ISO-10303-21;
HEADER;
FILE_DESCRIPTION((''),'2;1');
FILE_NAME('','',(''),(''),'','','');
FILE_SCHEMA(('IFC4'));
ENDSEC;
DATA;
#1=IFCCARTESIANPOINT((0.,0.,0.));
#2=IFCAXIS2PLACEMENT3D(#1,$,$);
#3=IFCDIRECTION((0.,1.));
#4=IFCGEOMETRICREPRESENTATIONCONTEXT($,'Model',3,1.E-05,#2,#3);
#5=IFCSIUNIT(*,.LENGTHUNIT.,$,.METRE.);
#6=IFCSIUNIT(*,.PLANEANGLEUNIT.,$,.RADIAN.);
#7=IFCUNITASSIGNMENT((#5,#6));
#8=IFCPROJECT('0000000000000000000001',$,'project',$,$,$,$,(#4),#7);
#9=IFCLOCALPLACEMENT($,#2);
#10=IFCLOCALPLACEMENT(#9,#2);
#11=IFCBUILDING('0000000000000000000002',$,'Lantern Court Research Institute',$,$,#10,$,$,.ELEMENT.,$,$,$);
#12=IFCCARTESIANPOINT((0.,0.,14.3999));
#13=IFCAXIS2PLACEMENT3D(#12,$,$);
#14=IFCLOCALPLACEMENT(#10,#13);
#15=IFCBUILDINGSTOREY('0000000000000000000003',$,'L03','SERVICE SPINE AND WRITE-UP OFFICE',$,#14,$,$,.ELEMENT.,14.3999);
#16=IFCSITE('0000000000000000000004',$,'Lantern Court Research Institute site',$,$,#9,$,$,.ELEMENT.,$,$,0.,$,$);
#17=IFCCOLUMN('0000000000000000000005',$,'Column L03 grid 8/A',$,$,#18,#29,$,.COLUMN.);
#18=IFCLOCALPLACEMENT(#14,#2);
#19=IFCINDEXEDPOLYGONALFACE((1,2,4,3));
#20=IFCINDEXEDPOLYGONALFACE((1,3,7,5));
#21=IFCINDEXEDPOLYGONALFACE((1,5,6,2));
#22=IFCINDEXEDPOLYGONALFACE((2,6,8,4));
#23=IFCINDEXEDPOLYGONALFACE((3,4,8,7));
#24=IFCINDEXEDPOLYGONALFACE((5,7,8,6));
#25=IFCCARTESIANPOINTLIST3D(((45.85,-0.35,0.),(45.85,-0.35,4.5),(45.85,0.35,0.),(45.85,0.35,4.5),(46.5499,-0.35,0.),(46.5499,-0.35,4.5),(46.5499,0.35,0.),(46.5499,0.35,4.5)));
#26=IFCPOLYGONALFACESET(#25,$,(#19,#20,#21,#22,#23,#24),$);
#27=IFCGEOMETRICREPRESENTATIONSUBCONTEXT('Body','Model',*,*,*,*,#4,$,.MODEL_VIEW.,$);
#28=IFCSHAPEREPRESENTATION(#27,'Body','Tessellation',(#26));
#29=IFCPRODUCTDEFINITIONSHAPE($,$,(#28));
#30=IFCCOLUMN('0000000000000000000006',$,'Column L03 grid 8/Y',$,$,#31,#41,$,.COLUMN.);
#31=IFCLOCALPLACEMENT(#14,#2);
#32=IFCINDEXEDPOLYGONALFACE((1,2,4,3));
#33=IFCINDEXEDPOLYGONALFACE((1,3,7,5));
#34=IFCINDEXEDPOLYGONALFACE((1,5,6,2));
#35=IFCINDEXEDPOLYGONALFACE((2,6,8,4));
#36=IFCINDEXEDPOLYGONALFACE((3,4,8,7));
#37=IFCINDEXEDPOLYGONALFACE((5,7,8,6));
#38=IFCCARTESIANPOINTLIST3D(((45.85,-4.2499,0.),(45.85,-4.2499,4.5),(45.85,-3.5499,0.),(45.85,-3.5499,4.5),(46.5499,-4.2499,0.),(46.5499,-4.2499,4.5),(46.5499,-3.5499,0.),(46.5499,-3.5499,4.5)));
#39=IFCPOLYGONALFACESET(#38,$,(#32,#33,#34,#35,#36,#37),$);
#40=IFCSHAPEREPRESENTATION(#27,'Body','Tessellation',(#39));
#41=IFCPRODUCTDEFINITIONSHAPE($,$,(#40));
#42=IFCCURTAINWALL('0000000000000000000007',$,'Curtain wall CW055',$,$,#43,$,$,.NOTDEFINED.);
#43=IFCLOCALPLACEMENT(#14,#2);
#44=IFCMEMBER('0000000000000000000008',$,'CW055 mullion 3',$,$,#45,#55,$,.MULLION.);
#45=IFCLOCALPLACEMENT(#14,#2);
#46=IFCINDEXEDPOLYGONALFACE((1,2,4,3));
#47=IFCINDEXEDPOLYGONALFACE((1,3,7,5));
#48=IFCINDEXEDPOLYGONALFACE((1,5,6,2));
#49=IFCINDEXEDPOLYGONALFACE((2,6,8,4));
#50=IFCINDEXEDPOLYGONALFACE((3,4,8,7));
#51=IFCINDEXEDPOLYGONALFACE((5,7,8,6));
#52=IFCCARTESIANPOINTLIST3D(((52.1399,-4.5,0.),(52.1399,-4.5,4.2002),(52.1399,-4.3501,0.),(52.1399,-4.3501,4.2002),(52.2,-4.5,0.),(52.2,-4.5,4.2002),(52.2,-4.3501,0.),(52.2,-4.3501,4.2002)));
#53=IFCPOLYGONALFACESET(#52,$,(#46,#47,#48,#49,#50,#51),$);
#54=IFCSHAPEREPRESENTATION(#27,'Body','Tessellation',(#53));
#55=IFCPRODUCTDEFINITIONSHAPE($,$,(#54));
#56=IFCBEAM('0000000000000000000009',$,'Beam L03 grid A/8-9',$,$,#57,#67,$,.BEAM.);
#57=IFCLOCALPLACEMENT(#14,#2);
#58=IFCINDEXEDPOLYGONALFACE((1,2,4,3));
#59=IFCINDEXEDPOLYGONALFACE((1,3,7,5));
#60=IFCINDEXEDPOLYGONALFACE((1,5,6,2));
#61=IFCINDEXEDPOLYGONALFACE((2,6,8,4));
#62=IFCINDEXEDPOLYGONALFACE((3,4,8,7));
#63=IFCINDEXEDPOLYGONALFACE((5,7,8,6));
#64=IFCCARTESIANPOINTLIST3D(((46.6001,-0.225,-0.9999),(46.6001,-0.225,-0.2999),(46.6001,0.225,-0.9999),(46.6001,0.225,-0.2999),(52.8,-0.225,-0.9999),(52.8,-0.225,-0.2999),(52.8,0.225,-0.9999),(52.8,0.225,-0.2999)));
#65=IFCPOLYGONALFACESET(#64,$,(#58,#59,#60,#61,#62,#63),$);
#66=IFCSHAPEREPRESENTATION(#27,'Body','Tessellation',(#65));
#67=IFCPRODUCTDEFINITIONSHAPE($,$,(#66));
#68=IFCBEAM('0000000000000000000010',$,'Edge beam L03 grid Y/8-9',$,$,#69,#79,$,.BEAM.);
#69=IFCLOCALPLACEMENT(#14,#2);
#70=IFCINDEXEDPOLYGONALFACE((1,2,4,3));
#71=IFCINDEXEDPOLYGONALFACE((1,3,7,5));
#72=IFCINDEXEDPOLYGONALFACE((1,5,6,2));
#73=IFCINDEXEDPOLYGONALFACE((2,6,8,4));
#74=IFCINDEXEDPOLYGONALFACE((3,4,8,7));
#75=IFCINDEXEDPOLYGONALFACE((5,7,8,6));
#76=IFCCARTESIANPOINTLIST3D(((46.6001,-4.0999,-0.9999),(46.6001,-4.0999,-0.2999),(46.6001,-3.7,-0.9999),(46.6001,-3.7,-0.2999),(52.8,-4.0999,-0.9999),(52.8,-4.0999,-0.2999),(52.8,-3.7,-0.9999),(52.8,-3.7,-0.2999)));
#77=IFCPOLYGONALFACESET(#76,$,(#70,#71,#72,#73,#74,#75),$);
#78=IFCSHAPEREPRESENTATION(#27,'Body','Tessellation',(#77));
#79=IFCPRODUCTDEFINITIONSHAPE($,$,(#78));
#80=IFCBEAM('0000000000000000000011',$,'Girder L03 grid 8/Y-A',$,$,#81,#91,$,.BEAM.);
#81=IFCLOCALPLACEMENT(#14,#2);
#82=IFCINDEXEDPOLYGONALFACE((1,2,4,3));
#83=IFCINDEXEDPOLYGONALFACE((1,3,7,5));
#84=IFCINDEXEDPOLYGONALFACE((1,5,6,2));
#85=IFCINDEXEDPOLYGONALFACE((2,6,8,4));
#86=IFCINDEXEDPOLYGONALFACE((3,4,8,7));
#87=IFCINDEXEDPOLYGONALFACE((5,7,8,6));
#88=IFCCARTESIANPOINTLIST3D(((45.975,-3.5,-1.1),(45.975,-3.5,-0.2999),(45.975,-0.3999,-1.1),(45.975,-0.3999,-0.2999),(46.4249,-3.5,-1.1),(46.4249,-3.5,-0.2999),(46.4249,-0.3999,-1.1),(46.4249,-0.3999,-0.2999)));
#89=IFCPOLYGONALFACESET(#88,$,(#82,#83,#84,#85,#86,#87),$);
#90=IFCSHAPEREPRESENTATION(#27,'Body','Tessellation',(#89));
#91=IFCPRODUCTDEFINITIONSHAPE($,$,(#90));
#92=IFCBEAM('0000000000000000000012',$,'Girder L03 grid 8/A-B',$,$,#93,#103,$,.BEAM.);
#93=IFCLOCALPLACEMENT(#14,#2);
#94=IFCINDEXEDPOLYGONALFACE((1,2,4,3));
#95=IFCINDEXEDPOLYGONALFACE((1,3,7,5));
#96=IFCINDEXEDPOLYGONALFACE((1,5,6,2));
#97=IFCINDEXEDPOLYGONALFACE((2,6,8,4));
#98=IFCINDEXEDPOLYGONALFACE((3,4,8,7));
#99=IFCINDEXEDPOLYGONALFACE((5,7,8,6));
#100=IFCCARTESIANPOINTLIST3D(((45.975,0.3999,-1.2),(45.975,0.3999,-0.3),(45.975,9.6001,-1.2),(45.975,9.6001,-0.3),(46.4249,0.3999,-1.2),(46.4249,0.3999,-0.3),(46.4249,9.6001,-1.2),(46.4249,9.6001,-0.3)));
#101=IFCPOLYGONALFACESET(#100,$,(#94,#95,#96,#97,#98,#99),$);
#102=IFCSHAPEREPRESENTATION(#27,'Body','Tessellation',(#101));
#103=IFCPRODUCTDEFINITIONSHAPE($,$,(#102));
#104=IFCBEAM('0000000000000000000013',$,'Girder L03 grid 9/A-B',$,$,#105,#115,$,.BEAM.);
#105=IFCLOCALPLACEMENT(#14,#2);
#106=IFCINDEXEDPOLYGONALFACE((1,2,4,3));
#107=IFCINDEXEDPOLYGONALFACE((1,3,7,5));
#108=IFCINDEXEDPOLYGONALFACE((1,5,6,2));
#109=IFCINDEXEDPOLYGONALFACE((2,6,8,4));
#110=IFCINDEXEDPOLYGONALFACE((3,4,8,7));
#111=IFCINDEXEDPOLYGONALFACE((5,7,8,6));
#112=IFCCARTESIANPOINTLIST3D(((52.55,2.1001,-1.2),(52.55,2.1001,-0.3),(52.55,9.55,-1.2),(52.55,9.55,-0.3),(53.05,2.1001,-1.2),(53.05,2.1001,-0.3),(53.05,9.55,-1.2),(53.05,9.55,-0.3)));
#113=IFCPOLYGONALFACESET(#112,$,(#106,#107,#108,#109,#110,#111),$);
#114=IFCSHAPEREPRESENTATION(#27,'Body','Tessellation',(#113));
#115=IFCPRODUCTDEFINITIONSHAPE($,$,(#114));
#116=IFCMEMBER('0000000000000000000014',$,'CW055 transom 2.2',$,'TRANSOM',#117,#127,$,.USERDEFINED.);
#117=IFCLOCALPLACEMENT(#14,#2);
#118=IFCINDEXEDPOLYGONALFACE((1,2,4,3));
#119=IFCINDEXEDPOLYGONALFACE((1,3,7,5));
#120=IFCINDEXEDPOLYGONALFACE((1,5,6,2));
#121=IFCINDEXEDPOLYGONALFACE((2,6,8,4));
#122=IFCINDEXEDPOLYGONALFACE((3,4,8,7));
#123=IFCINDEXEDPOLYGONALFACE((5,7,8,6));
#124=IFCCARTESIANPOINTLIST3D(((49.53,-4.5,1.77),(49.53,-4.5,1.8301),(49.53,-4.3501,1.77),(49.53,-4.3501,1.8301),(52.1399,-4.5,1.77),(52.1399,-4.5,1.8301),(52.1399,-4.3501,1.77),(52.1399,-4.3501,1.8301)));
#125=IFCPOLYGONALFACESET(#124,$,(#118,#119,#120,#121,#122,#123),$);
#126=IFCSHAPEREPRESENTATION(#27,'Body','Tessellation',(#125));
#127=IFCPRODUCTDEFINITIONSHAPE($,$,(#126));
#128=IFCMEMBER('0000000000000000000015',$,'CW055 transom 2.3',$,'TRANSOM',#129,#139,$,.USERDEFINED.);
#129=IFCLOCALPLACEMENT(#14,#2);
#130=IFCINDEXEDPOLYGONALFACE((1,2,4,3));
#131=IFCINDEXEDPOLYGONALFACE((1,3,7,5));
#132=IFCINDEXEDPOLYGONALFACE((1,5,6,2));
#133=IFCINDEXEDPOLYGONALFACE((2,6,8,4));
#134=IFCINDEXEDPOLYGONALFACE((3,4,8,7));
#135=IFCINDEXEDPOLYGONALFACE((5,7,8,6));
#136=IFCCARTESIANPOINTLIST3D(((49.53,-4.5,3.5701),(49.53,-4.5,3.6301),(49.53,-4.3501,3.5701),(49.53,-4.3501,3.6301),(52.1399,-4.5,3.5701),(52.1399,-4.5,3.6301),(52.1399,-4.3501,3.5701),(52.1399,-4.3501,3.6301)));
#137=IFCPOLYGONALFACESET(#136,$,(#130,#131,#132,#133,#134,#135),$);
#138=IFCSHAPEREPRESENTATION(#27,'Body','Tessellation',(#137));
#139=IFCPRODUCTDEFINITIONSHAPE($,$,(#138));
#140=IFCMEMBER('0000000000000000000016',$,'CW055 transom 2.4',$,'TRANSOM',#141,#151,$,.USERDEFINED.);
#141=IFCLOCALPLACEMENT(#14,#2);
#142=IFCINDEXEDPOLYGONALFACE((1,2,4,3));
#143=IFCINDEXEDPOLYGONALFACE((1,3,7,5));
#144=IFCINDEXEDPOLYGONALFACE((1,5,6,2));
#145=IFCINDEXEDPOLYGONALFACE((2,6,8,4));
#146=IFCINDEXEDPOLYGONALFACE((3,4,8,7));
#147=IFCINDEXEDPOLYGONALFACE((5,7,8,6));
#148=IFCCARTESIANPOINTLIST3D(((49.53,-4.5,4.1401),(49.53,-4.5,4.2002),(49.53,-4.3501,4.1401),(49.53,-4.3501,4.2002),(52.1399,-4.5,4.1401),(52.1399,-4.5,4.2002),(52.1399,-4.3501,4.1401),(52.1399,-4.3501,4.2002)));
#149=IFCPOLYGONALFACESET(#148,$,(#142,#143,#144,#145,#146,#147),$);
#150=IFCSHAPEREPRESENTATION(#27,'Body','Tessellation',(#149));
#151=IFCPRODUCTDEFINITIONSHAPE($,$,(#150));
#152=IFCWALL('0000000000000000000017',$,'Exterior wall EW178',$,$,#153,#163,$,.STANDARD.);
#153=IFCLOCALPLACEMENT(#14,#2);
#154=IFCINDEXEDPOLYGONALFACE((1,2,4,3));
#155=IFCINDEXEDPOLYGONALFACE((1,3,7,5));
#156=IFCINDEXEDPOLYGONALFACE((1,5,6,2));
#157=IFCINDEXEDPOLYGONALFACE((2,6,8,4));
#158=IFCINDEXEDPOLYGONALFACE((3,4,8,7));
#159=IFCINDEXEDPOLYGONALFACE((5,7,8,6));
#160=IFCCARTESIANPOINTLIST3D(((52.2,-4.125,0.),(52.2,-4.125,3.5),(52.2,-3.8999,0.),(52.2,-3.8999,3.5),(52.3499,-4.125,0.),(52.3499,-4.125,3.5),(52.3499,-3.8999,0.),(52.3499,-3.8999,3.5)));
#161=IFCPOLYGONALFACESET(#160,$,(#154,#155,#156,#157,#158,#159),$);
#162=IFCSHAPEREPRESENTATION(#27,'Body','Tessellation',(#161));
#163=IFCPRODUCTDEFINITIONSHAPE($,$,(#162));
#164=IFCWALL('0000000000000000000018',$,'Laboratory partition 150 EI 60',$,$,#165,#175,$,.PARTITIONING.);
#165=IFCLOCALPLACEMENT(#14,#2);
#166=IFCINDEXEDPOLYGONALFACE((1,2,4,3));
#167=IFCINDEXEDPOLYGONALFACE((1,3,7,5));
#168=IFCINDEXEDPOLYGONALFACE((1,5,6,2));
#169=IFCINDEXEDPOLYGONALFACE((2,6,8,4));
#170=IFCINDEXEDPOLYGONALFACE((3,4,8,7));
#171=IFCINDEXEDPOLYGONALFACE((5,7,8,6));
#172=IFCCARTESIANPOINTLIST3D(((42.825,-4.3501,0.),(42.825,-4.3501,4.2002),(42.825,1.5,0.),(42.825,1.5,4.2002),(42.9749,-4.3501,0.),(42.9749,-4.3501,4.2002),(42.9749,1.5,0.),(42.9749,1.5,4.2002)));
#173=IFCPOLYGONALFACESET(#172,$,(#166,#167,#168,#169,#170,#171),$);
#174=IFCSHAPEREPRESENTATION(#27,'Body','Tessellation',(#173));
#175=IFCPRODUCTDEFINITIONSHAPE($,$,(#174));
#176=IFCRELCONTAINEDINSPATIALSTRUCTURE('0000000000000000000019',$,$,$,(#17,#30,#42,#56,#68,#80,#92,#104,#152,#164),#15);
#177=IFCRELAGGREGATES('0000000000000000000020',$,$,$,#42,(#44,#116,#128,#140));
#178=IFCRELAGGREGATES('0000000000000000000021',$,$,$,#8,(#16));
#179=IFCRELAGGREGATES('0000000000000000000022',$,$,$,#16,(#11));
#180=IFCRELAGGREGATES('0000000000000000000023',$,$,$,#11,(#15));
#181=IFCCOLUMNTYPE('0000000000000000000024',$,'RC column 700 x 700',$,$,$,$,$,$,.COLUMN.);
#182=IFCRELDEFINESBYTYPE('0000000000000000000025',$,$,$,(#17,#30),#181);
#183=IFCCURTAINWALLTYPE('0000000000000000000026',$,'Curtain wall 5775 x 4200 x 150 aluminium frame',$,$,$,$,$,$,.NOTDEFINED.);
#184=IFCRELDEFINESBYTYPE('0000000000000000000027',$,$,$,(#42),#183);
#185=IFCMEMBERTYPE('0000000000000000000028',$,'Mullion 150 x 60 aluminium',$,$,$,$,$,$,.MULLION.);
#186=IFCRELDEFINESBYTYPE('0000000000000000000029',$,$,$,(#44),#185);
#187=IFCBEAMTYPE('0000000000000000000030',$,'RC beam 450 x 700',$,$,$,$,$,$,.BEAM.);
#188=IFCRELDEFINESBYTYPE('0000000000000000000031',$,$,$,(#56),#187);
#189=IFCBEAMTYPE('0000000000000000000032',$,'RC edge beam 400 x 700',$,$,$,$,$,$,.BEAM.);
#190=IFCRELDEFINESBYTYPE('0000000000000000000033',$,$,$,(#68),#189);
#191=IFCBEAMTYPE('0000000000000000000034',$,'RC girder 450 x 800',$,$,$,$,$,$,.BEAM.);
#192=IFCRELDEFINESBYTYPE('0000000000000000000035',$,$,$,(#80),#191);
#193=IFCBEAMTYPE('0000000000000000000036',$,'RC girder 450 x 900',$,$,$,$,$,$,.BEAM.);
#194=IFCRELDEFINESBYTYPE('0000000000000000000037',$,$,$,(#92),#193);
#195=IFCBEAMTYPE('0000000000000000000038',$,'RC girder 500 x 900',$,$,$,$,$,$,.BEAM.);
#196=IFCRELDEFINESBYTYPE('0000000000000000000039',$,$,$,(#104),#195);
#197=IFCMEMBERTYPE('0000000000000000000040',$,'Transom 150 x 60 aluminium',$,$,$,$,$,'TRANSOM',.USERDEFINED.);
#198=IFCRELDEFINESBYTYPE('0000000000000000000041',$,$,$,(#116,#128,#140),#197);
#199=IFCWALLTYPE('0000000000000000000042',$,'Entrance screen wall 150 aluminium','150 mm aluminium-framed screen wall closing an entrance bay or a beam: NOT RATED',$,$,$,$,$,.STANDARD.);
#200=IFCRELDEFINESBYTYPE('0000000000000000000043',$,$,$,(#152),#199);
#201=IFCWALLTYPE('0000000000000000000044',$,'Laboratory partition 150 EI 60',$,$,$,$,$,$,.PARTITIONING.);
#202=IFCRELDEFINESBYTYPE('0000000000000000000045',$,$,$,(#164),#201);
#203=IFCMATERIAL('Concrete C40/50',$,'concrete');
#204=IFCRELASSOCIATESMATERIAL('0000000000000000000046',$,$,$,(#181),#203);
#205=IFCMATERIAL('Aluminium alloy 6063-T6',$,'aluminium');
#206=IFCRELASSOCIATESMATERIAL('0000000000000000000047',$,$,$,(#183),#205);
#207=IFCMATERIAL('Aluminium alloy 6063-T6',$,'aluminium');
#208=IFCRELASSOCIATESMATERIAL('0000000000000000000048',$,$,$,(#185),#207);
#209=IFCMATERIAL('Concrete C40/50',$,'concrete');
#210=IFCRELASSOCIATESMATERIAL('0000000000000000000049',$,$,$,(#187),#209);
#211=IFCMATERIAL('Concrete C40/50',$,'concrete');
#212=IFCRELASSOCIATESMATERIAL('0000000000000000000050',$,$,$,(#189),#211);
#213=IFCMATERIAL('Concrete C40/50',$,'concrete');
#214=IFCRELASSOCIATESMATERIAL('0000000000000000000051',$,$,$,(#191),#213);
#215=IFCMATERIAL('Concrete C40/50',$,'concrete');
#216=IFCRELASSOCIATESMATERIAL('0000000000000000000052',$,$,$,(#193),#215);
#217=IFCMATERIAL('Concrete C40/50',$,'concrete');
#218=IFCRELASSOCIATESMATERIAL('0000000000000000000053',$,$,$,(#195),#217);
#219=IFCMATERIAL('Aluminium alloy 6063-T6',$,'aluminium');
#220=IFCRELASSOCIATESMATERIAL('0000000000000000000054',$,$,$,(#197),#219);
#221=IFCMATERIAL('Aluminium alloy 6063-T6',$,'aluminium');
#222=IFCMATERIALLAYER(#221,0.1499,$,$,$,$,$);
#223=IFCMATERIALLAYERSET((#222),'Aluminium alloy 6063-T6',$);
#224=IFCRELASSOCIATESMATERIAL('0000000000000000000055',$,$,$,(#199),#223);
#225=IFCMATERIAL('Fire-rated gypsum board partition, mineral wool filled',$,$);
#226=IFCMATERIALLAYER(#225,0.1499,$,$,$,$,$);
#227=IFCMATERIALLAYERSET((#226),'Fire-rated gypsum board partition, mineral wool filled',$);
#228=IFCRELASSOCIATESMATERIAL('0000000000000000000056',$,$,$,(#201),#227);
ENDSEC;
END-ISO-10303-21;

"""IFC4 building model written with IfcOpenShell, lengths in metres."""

from ifc_helpers import new_model, si_unit, direction, frame, frame_2d, origin, origin_2d, place, context, subcontext, project, spatial, rectangle, extrude, material, layer, layer_set, material_profile, profile_set, type_object, element, aggregate, save


model = new_model("IFC4")

# Units and contexts
model_context = context("Model", 3, precision=1e-05, world=origin(), true_north=direction((0.0, 1.0)))
body_context = subcontext(model_context, "Body", "Model", "MODEL_VIEW")
ifc_project = project(units=[si_unit("LENGTHUNIT", "METRE"), si_unit("PLANEANGLEUNIT", "RADIAN")], contexts=[model_context])

# Site, building, storey
site_placement = place(None, origin())
site = spatial("IfcSite", under=ifc_project, at=site_placement, Name="Lantern Court Research Institute site", CompositionType="ELEMENT", RefElevation=0.0)
building_placement = place(site_placement, origin())
building = spatial("IfcBuilding", under=site, at=building_placement, Name="Lantern Court Research Institute", CompositionType="ELEMENT")
storey_placement = place(building_placement, frame((0.0, 0.0, 14.3999)))
storey = spatial("IfcBuildingStorey", under=building, at=storey_placement, Name="L03", Description="SERVICE SPINE AND WRITE-UP OFFICE", CompositionType="ELEMENT", Elevation=14.3999)

# Columns
ifc_material_1 = material(Name="Concrete C40/50", Category="concrete")
ifc_material_profile_1 = material_profile(ifc_material_1, rectangle(XDim=0.7, YDim=0.7, at=origin_2d()), Name="RC column 700 x 700")
ifc_profile_set_1 = profile_set([ifc_material_profile_1], Name="Concrete C40/50")
column_type = type_object("IfcColumnType", Name="RC column 700 x 700", PredefinedType="COLUMN", material=ifc_profile_set_1)
for number, where, z_axis, x_axis, name in (
    (1, (46.2, 0.0, 0.0), (0.0, 0.0, 1.0), (1.0, 0.0, 0.0), "Column L03 grid 8/A"),
    (2, (46.2, -3.8999, 0.0), (0.0, 0.0, 1.0), (1.0, 0.0, 0.0), "Column L03 grid 8/Y"),
):
    element("IfcColumn", number, at=place(storey_placement, frame(where, z_axis=z_axis, x_axis=x_axis)), inside=storey, type_object=column_type, Name=name, PredefinedType="COLUMN", context=body_context, shape_type="SweptSolid", body=[
        extrude(rectangle(XDim=0.7, YDim=0.7, at=origin_2d()), origin(), (0.0, 0.0, 1.0), 4.5),
    ])

# Curtain wall, member
ifc_material_2 = material(Name="Aluminium alloy 6063-T6", Category="aluminium")
curtain_wall_type = type_object("IfcCurtainWallType", Name="Curtain wall 5775 x 4200 x 150 aluminium frame", PredefinedType="NOTDEFINED", material=ifc_material_2)
curtain_wall_placement = place(storey_placement, origin())
curtain_wall = element("IfcCurtainWall", 3, at=curtain_wall_placement, inside=storey, type_object=curtain_wall_type, Name="Curtain wall CW055", PredefinedType="NOTDEFINED")
ifc_material_3 = material(Name="Aluminium alloy 6063-T6", Category="aluminium")
ifc_material_profile_2 = material_profile(ifc_material_3, rectangle(XDim=0.1499, YDim=0.0601, at=origin_2d()), Name="Mullion 150 x 60")
ifc_profile_set_2 = profile_set([ifc_material_profile_2], Name="Aluminium alloy 6063-T6")
member_type_1 = type_object("IfcMemberType", Name="Mullion 150 x 60 aluminium", PredefinedType="MULLION", material=ifc_profile_set_2)
member_1_placement = place(storey_placement, frame((52.1699, -4.425, 0.0), z_axis=(0.0, 0.0, 1.0), x_axis=(0.0, -1.0, 0.0)))
member_1 = element("IfcMember", 4, at=member_1_placement, type_object=member_type_1, Name="CW055 mullion 3", PredefinedType="MULLION", context=body_context, shape_type="SweptSolid", body=[
    extrude(rectangle(XDim=0.1499, YDim=0.0601, at=origin_2d()), origin(), (0.0, 0.0, 1.0), 4.2002),
])

# Beams
ifc_material_4 = material(Name="Concrete C40/50", Category="concrete")
ifc_material_profile_3 = material_profile(ifc_material_4, rectangle(XDim=0.45, YDim=0.7, at=origin_2d()), Name="RC beam 450 x 700")
ifc_profile_set_3 = profile_set([ifc_material_profile_3], Name="Concrete C40/50")
beam_type_1 = type_object("IfcBeamType", Name="RC beam 450 x 700", PredefinedType="BEAM", material=ifc_profile_set_3)
beam_1_placement = place(storey_placement, frame((46.6001, 0.0, -0.6499), z_axis=(1.0, 0.0, 0.0), x_axis=(0.0, 1.0, 0.0)))
element("IfcBeam", 5, at=beam_1_placement, inside=storey, type_object=beam_type_1, Name="Beam L03 grid A/8-9", PredefinedType="BEAM", context=body_context, shape_type="SweptSolid", body=[
    extrude(rectangle(XDim=0.45, YDim=0.7, at=origin_2d()), origin(), (0.0, 0.0, 1.0), 6.2),
])
ifc_material_5 = material(Name="Concrete C40/50", Category="concrete")
ifc_material_profile_4 = material_profile(ifc_material_5, rectangle(XDim=0.3999, YDim=0.7, at=origin_2d()), Name="RC beam 400 x 700")
ifc_profile_set_4 = profile_set([ifc_material_profile_4], Name="Concrete C40/50")
beam_type_2 = type_object("IfcBeamType", Name="RC edge beam 400 x 700", PredefinedType="BEAM", material=ifc_profile_set_4)
beam_2_placement = place(storey_placement, frame((46.6001, -3.8999, -0.6499), z_axis=(1.0, 0.0, 0.0), x_axis=(0.0, 1.0, 0.0)))
element("IfcBeam", 6, at=beam_2_placement, inside=storey, type_object=beam_type_2, Name="Edge beam L03 grid Y/8-9", PredefinedType="BEAM", context=body_context, shape_type="SweptSolid", body=[
    extrude(rectangle(XDim=0.3999, YDim=0.7, at=origin_2d()), origin(), (0.0, 0.0, 1.0), 6.2),
])
ifc_material_6 = material(Name="Concrete C40/50", Category="concrete")
ifc_material_profile_5 = material_profile(ifc_material_6, rectangle(XDim=0.45, YDim=0.8, at=origin_2d()), Name="RC beam 450 x 800")
ifc_profile_set_5 = profile_set([ifc_material_profile_5], Name="Concrete C40/50")
beam_type_3 = type_object("IfcBeamType", Name="RC girder 450 x 800", PredefinedType="BEAM", material=ifc_profile_set_5)
beam_3_placement = place(storey_placement, frame((46.2, -3.5, -0.7), z_axis=(0.0, 1.0, 0.0), x_axis=(-1.0, 0.0, 0.0)))
element("IfcBeam", 7, at=beam_3_placement, inside=storey, type_object=beam_type_3, Name="Girder L03 grid 8/Y-A", PredefinedType="BEAM", context=body_context, shape_type="SweptSolid", body=[
    extrude(rectangle(XDim=0.45, YDim=0.8, at=origin_2d()), origin(), (0.0, 0.0, 1.0), 3.1001),
])
ifc_material_7 = material(Name="Concrete C40/50", Category="concrete")
ifc_material_profile_6 = material_profile(ifc_material_7, rectangle(XDim=0.45, YDim=0.8999, at=origin_2d()), Name="RC beam 450 x 900")
ifc_profile_set_6 = profile_set([ifc_material_profile_6], Name="Concrete C40/50")
beam_type_4 = type_object("IfcBeamType", Name="RC girder 450 x 900", PredefinedType="BEAM", material=ifc_profile_set_6)
beam_4_placement = place(storey_placement, frame((46.2, 0.3999, -0.75), z_axis=(0.0, 1.0, 0.0), x_axis=(-1.0, 0.0, 0.0)))
element("IfcBeam", 8, at=beam_4_placement, inside=storey, type_object=beam_type_4, Name="Girder L03 grid 8/A-B", PredefinedType="BEAM", context=body_context, shape_type="SweptSolid", body=[
    extrude(rectangle(XDim=0.45, YDim=0.8999, at=origin_2d()), origin(), (0.0, 0.0, 1.0), 9.2002),
])
ifc_material_8 = material(Name="Concrete C40/50", Category="concrete")
ifc_material_profile_7 = material_profile(ifc_material_8, rectangle(XDim=0.5, YDim=0.8999, at=origin_2d()), Name="RC beam 500 x 900")
ifc_profile_set_7 = profile_set([ifc_material_profile_7], Name="Concrete C40/50")
beam_type_5 = type_object("IfcBeamType", Name="RC girder 500 x 900", PredefinedType="BEAM", material=ifc_profile_set_7)
beam_5_placement = place(storey_placement, frame((52.8, 2.1001, -0.75), z_axis=(0.0, 1.0, 0.0), x_axis=(-1.0, 0.0, 0.0)))
element("IfcBeam", 9, at=beam_5_placement, inside=storey, type_object=beam_type_5, Name="Girder L03 grid 9/A-B", PredefinedType="BEAM", context=body_context, shape_type="SweptSolid", body=[
    extrude(rectangle(XDim=0.5, YDim=0.8999, at=origin_2d()), origin(), (0.0, 0.0, 1.0), 7.45),
])

# Members
ifc_material_9 = material(Name="Aluminium alloy 6063-T6", Category="aluminium")
ifc_material_profile_8 = material_profile(ifc_material_9, rectangle(XDim=0.1499, YDim=0.0601, at=origin_2d()), Name="Transom 150 x 60")
ifc_profile_set_8 = profile_set([ifc_material_profile_8], Name="Aluminium alloy 6063-T6")
member_type_2 = type_object("IfcMemberType", Name="Transom 150 x 60 aluminium", ElementType="TRANSOM", PredefinedType="USERDEFINED", material=ifc_profile_set_8)
member_2_placement = place(storey_placement, frame((52.1399, -4.425, 1.8), z_axis=(-1.0, 0.0, 0.0), x_axis=(0.0, -1.0, 0.0)))
member_2 = element("IfcMember", 10, at=member_2_placement, type_object=member_type_2, Name="CW055 transom 2.2", ObjectType="TRANSOM", PredefinedType="USERDEFINED", context=body_context, shape_type="SweptSolid", body=[
    extrude(rectangle(XDim=0.1499, YDim=0.0601, at=origin_2d()), origin(), (0.0, 0.0, 1.0), 2.6099),
])
member_3_placement = place(storey_placement, frame((52.1399, -4.425, 3.6001), z_axis=(-1.0, 0.0, 0.0), x_axis=(0.0, -1.0, 0.0)))
member_3 = element("IfcMember", 11, at=member_3_placement, type_object=member_type_2, Name="CW055 transom 2.3", ObjectType="TRANSOM", PredefinedType="USERDEFINED", context=body_context, shape_type="SweptSolid", body=[
    extrude(rectangle(XDim=0.1499, YDim=0.0601, at=origin_2d()), origin(), (0.0, 0.0, 1.0), 2.6099),
])
member_4_placement = place(storey_placement, frame((52.1399, -4.425, 4.1702), z_axis=(-1.0, 0.0, 0.0), x_axis=(0.0, -1.0, 0.0)))
member_4 = element("IfcMember", 12, at=member_4_placement, type_object=member_type_2, Name="CW055 transom 2.4", ObjectType="TRANSOM", PredefinedType="USERDEFINED", context=body_context, shape_type="SweptSolid", body=[
    extrude(rectangle(XDim=0.1499, YDim=0.0601, at=origin_2d()), origin(), (0.0, 0.0, 1.0), 2.6099),
])
aggregate(curtain_wall, [member_1, member_2, member_3, member_4])

# Walls
ifc_material_10 = material(Name="Aluminium alloy 6063-T6", Category="aluminium")
ifc_layer_1 = layer(ifc_material_10, 0.1499)
ifc_layer_set_1 = layer_set([ifc_layer_1], Name="Aluminium alloy 6063-T6")
wall_type_1 = type_object("IfcWallType", Name="Entrance screen wall 150 aluminium", Description="150 mm aluminium-framed screen wall closing an entrance bay or a beam: NOT RATED", PredefinedType="STANDARD", material=ifc_layer_set_1)
wall_1_placement = place(storey_placement, frame((52.2749, -4.125, 0.0), z_axis=(0.0, 0.0, 1.0), x_axis=(0.0, 1.0, 0.0)))
element("IfcWall", 13, at=wall_1_placement, inside=storey, type_object=wall_type_1, Name="Exterior wall EW178", PredefinedType="STANDARD", context=body_context, shape_type="SweptSolid", body=[
    extrude(rectangle(XDim=0.2251, YDim=0.1499, at=frame_2d((0.1125, 0.0))), origin(), (0.0, 0.0, 1.0), 3.5),
])
ifc_material_11 = material(Name="Fire-rated gypsum board partition, mineral wool filled")
ifc_layer_2 = layer(ifc_material_11, 0.1499)
ifc_layer_set_2 = layer_set([ifc_layer_2], Name="Fire-rated gypsum board partition, mineral wool filled")
wall_type_2 = type_object("IfcWallType", Name="Laboratory partition 150 EI 60", PredefinedType="PARTITIONING", material=ifc_layer_set_2)
wall_2_placement = place(storey_placement, frame((42.8999, -4.3501, 0.0), z_axis=(0.0, 0.0, 1.0), x_axis=(0.0, 1.0, 0.0)))
element("IfcWall", 14, at=wall_2_placement, inside=storey, type_object=wall_type_2, Name="Laboratory partition 150 EI 60", PredefinedType="PARTITIONING", context=body_context, shape_type="SweptSolid", body=[
    extrude(rectangle(XDim=5.8501, YDim=0.1499, at=frame_2d((2.925, 0.0))), origin(), (0.0, 0.0, 1.0), 4.2002),
])

save(model, "model.ifc")
